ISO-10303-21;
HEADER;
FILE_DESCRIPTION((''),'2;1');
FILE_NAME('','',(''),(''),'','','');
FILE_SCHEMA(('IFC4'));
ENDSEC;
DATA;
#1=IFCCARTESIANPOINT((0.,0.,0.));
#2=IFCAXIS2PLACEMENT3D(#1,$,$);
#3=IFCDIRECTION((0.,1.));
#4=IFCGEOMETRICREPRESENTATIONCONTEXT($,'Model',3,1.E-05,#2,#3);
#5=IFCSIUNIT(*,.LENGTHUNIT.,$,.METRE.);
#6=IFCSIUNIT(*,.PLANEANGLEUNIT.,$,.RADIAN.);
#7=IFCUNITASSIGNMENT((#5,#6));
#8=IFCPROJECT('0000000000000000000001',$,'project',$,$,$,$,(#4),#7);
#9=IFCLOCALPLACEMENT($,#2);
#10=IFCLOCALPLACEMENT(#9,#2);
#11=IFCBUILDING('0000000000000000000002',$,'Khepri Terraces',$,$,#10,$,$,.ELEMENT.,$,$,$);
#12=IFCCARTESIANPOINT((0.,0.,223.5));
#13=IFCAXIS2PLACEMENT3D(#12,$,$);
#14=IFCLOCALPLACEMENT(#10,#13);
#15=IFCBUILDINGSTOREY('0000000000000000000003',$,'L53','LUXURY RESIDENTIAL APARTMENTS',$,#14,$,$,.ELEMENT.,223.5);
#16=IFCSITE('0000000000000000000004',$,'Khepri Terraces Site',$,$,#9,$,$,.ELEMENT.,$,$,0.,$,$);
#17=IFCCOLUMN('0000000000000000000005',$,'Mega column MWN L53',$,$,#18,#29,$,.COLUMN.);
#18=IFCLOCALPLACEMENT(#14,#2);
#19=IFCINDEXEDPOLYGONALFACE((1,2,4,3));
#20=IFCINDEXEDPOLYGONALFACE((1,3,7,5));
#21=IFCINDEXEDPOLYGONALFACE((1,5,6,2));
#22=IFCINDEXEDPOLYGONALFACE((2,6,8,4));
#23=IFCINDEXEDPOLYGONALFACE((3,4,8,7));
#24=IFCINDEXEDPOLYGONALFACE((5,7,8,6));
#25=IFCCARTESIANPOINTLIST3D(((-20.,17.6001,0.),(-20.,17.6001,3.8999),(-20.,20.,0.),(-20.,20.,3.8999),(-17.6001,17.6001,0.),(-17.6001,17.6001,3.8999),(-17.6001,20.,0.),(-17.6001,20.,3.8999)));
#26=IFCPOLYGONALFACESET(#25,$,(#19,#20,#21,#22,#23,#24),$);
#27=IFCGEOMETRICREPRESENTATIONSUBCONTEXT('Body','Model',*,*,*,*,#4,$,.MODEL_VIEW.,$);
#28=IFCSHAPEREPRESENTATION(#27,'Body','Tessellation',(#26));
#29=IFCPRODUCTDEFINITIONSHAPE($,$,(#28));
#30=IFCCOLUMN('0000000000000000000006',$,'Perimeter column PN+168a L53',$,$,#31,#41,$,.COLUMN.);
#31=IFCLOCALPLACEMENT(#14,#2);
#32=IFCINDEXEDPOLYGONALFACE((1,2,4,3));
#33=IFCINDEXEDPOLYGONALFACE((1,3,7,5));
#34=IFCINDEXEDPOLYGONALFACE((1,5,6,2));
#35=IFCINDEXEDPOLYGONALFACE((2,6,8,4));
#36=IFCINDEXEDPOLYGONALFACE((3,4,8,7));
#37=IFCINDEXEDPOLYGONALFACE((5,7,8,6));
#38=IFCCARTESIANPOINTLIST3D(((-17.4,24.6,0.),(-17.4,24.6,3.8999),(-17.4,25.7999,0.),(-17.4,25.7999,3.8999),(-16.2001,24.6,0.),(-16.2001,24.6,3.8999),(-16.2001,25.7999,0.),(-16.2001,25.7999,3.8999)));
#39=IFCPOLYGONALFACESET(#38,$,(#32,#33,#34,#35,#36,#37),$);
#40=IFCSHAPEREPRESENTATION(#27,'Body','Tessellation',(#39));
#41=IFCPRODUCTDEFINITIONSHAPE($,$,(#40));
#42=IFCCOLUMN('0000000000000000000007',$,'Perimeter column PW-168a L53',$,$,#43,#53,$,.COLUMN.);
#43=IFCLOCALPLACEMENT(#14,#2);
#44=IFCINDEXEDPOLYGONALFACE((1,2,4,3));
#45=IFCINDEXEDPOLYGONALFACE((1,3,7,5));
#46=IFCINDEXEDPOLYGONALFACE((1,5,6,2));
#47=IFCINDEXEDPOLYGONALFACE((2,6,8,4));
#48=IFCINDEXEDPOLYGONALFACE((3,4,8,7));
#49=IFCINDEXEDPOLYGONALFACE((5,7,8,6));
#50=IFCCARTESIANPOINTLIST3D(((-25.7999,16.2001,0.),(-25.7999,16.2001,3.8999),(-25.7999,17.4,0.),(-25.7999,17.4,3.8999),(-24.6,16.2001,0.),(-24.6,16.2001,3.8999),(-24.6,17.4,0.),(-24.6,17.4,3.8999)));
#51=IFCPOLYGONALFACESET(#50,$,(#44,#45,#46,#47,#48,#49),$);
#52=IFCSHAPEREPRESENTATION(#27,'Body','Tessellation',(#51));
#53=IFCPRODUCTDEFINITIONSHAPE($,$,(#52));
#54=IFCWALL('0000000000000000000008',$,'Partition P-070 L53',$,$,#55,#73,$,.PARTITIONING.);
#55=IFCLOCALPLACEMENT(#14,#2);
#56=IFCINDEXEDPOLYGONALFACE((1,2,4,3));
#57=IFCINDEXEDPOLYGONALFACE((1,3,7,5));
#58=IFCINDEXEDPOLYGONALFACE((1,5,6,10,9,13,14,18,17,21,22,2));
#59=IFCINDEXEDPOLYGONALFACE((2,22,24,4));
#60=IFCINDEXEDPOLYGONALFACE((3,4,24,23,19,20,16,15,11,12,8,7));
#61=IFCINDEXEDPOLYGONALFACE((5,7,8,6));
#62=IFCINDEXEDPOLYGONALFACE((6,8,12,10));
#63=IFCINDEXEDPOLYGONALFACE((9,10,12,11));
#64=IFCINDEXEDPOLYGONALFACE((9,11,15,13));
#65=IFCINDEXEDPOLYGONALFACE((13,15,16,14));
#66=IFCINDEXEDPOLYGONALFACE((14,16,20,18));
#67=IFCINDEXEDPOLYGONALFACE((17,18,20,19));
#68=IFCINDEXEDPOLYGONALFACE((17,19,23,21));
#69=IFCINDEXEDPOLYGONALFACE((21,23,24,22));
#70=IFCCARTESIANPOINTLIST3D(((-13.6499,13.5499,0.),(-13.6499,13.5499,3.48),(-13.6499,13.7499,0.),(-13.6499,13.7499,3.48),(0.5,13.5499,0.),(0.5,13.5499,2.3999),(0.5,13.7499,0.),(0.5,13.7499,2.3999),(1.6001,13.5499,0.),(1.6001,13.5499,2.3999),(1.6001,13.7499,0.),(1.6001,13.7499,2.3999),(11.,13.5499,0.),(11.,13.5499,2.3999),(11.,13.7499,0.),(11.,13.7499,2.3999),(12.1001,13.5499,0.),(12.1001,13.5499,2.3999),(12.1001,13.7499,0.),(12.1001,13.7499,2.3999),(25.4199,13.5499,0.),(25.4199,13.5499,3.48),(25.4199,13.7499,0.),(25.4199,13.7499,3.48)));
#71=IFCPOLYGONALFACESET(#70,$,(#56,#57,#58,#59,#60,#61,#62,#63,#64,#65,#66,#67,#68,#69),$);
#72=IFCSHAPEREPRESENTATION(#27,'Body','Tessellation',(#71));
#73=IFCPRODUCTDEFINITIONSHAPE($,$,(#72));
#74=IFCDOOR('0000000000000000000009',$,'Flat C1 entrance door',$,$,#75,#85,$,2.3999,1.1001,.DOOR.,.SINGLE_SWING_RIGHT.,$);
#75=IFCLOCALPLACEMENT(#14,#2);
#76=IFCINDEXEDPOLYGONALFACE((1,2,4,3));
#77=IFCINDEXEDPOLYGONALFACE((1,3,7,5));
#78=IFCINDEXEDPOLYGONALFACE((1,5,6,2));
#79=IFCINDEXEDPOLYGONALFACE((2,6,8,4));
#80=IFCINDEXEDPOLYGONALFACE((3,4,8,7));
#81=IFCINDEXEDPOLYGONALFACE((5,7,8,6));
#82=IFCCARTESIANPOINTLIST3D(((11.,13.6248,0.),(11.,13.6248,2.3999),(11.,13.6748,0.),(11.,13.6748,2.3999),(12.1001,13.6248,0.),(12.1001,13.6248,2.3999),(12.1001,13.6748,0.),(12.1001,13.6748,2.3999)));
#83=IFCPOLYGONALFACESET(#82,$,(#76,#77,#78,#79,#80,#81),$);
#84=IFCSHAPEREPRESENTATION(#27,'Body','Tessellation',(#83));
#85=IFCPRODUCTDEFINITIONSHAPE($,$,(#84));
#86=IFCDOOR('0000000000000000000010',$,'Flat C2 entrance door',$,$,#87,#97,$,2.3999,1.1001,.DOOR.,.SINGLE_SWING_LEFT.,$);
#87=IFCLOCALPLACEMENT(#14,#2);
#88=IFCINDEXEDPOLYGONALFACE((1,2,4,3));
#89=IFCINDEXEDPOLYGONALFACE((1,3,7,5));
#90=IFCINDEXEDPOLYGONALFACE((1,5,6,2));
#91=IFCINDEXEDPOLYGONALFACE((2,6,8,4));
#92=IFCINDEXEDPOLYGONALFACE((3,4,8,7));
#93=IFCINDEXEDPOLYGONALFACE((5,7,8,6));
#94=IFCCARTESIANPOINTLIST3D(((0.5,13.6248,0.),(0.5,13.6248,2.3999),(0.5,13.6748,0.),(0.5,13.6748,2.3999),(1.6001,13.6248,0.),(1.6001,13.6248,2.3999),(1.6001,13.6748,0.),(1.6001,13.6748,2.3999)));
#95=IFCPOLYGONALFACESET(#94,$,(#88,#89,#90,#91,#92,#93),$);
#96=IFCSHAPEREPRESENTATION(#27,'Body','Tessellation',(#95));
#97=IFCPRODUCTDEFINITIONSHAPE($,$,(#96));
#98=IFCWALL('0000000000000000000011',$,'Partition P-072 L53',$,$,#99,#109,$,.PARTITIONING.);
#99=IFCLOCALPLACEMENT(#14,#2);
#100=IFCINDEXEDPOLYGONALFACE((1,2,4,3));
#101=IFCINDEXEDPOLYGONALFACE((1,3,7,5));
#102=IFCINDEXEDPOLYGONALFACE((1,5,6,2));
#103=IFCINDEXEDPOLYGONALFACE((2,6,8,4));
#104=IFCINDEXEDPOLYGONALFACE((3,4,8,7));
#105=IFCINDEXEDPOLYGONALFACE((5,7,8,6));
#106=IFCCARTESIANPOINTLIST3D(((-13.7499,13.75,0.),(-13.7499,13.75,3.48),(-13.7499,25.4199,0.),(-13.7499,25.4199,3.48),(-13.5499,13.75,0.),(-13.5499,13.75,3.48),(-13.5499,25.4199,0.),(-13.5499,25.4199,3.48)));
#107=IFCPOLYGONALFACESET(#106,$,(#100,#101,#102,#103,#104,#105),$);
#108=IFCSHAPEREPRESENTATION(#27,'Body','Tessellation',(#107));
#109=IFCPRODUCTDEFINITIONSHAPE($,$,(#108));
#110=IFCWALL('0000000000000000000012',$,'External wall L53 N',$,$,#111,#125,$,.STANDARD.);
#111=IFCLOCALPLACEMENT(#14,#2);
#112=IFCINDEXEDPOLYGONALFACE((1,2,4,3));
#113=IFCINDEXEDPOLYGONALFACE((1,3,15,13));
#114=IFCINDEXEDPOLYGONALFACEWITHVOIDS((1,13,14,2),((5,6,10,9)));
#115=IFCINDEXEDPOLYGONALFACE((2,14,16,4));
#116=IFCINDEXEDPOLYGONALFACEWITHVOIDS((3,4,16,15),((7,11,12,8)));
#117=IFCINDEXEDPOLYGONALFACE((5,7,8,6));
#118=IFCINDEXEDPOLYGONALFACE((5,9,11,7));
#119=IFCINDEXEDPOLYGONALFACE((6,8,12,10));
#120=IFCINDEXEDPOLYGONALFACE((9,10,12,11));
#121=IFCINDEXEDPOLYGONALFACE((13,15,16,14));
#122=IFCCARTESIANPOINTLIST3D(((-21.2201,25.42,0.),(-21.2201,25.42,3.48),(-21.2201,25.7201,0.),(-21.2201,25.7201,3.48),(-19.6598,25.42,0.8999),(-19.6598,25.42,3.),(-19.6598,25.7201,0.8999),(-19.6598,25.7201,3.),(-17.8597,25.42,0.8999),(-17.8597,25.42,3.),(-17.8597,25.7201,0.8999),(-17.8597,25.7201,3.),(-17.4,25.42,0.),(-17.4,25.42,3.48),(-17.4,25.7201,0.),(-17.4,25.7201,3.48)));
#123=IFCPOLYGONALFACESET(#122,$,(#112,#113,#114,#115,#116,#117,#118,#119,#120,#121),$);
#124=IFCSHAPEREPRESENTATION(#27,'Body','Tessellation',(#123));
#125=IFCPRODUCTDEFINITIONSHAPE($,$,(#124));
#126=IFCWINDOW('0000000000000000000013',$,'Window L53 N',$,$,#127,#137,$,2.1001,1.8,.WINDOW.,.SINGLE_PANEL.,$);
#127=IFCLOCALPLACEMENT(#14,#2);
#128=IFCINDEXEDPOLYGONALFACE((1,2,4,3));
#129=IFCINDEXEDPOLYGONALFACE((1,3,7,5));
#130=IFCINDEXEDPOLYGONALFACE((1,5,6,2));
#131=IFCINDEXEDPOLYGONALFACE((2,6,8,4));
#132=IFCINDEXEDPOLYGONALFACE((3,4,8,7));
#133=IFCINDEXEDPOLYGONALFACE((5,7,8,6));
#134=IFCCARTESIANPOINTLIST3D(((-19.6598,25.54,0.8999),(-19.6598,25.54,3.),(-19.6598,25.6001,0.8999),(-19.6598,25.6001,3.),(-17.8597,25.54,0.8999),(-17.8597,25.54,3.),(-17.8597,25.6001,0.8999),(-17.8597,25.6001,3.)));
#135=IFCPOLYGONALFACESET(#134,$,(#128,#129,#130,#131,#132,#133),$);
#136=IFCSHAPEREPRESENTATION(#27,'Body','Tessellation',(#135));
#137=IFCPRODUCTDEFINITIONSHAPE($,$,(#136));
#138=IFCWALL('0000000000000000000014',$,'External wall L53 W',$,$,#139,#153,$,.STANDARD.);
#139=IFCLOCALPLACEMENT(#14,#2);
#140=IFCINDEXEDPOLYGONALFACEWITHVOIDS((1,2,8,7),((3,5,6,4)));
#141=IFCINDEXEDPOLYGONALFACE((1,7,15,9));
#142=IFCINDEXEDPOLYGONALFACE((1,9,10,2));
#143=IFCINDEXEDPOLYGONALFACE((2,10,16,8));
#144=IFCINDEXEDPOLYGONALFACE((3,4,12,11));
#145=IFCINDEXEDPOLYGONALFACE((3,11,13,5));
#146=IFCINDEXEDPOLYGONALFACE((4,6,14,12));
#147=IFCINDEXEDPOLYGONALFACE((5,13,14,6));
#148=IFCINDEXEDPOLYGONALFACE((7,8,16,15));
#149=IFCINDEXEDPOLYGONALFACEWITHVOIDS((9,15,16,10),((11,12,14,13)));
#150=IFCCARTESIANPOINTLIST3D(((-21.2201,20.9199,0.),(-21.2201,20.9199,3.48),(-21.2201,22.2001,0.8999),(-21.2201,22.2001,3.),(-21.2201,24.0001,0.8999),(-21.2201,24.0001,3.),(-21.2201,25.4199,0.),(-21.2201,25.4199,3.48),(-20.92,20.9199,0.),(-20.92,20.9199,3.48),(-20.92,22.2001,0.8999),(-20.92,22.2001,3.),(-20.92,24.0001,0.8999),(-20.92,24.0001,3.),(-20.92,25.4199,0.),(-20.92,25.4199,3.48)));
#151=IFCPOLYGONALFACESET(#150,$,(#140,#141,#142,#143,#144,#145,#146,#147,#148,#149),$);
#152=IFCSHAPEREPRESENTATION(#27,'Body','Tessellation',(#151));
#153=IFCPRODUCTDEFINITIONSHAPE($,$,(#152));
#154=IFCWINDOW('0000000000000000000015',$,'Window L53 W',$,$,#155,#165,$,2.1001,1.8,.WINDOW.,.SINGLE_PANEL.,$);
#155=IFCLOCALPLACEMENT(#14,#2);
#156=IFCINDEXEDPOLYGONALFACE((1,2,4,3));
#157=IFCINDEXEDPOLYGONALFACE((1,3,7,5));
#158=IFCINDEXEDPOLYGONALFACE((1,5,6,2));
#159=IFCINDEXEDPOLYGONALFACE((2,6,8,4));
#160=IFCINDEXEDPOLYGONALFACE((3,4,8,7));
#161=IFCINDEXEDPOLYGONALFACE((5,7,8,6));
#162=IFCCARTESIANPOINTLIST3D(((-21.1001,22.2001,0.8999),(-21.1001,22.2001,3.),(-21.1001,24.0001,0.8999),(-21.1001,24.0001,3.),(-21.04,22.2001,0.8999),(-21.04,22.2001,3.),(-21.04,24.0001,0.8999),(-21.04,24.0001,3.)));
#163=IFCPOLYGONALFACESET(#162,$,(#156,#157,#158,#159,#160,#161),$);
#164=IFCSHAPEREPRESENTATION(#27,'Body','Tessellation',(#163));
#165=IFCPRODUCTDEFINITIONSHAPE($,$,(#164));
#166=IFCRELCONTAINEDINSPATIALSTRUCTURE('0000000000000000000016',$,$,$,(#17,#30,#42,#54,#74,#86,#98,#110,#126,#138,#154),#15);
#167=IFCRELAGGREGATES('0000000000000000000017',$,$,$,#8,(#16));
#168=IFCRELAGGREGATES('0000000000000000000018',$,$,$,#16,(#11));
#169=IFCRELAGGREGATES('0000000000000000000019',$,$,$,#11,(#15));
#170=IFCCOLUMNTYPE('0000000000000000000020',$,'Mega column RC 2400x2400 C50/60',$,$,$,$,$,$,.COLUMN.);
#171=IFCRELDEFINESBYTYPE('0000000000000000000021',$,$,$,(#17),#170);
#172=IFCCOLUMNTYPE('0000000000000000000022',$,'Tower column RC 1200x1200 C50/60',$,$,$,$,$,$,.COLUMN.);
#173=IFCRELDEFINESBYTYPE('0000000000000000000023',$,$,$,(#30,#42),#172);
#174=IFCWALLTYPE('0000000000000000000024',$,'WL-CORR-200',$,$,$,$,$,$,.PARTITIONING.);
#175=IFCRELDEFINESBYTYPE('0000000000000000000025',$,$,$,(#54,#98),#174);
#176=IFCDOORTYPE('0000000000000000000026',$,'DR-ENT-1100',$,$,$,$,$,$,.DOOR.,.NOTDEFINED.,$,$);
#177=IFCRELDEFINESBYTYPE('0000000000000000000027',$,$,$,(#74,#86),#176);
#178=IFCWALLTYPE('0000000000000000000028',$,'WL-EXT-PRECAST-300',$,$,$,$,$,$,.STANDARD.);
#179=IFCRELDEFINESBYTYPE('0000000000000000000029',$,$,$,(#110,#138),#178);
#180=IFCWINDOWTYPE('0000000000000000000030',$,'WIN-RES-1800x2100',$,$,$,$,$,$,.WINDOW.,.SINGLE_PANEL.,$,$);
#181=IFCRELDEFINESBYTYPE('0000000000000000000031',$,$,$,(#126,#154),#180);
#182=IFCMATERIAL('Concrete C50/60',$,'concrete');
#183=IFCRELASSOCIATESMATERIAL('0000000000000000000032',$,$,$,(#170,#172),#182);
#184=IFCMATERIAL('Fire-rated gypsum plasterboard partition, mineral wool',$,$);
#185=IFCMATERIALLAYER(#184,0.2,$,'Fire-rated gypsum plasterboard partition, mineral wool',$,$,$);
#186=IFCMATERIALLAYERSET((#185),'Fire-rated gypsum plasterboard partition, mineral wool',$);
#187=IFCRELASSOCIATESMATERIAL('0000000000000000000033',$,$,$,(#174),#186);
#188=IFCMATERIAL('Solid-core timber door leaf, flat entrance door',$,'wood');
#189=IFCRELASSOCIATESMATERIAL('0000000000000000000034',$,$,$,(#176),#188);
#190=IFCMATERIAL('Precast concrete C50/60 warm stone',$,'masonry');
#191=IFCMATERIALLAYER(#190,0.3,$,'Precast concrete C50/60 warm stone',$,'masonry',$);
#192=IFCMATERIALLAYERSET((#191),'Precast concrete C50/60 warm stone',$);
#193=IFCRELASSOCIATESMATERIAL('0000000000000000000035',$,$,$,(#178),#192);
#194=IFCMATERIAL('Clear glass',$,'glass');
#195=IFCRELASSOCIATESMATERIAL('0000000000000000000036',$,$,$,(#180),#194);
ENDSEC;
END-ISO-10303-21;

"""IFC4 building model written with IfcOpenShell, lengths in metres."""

from ifc_helpers import new_model, si_unit, direction, frame, frame_2d, origin, origin_2d, place, context, subcontext, project, spatial, rectangle, extrude, material, layer, layer_set, material_profile, profile_set, type_object, element, fill, save


model = new_model("IFC4")

# Units and contexts
model_context = context("Model", 3, precision=1e-05, world=origin(), true_north=direction((0.0, 1.0)))
body_context = subcontext(model_context, "Body", "Model", "MODEL_VIEW")
ifc_project = project(units=[si_unit("LENGTHUNIT", "METRE"), si_unit("PLANEANGLEUNIT", "RADIAN")], contexts=[model_context])

# Site, building, storey
site_placement = place(None, origin())
site = spatial("IfcSite", under=ifc_project, at=site_placement, Name="Khepri Terraces Site", CompositionType="ELEMENT", RefElevation=0.0)
building_placement = place(site_placement, origin())
building = spatial("IfcBuilding", under=site, at=building_placement, Name="Khepri Terraces", CompositionType="ELEMENT")
storey_placement = place(building_placement, frame((0.0, 0.0, 223.5)))
storey = spatial("IfcBuildingStorey", under=building, at=storey_placement, Name="L53", Description="LUXURY RESIDENTIAL APARTMENTS", CompositionType="ELEMENT", Elevation=223.5)

# Columns
ifc_material_1 = material(Name="Concrete C50/60", Category="concrete")
ifc_material_profile_1 = material_profile(ifc_material_1, rectangle(XDim=2.3999, YDim=2.3999, at=origin_2d()), Name="Concrete C50/60", Category="concrete")
ifc_profile_set_1 = profile_set([ifc_material_profile_1], Name="Concrete C50/60")
column_type_1 = type_object("IfcColumnType", Name="Mega column RC 2400x2400 C50/60", PredefinedType="COLUMN", material=ifc_profile_set_1)
column_placement = place(storey_placement, frame((-18.8, 18.8, 0.0), z_axis=(0.0, 0.0, 1.0), x_axis=(1.0, 0.0, 0.0)))
element("IfcColumn", 1, at=column_placement, inside=storey, type_object=column_type_1, Name="Mega column MWN L53", PredefinedType="COLUMN", context=body_context, shape_type="SweptSolid", body=[
    extrude(rectangle(XDim=2.3999, YDim=2.3999, at=origin_2d()), origin(), (0.0, 0.0, 1.0), 3.8999),
])
ifc_material_profile_2 = material_profile(ifc_material_1, rectangle(XDim=1.2, YDim=1.2, at=origin_2d()), Name="Concrete C50/60", Category="concrete")
ifc_profile_set_2 = profile_set([ifc_material_profile_2], Name="Concrete C50/60")
column_type_2 = type_object("IfcColumnType", Name="Tower column RC 1200x1200 C50/60", PredefinedType="COLUMN", material=ifc_profile_set_2)
for number, where, z_axis, x_axis, name in (
    (2, (-16.8, 25.2, 0.0), (0.0, 0.0, 1.0), (1.0, 0.0, 0.0), "Perimeter column PN+168a L53"),
    (3, (-25.2, 16.8, 0.0), (0.0, 0.0, 1.0), (1.0, 0.0, 0.0), "Perimeter column PW-168a L53"),
):
    element("IfcColumn", number, at=place(storey_placement, frame(where, z_axis=z_axis, x_axis=x_axis)), inside=storey, type_object=column_type_2, Name=name, PredefinedType="COLUMN", context=body_context, shape_type="SweptSolid", body=[
        extrude(rectangle(XDim=1.2, YDim=1.2, at=origin_2d()), origin(), (0.0, 0.0, 1.0), 3.8999),
    ])

# Wall, openings, doors
ifc_material_2 = material(Name="Fire-rated gypsum plasterboard partition, mineral wool")
ifc_layer_1 = layer(ifc_material_2, 0.2, Name="Fire-rated gypsum plasterboard partition, mineral wool")
ifc_layer_set_1 = layer_set([ifc_layer_1], Name="Fire-rated gypsum plasterboard partition, mineral wool")
wall_type_1 = type_object("IfcWallType", Name="WL-CORR-200", PredefinedType="PARTITIONING", material=ifc_layer_set_1)
wall_1_placement = place(storey_placement, frame((-13.6499, 13.6499, 0.0), z_axis=(0.0, 0.0, 1.0), x_axis=(1.0, 0.0, 0.0)))
wall_1 = element("IfcWall", 4, at=wall_1_placement, inside=storey, type_object=wall_type_1, Name="Partition P-070 L53", PredefinedType="PARTITIONING", context=body_context, shape_type="SweptSolid", body=[
    extrude(rectangle(XDim=39.0698, YDim=0.2, at=frame_2d((19.5349, 0.0))), origin(), (0.0, 0.0, 1.0), 3.48),
])
opening_1_placement = place(wall_1_placement, frame((24.6499, 0.0, 0.0)))
opening_1 = element("IfcOpeningElement", 5, at=opening_1_placement, cuts=wall_1, PredefinedType="OPENING", context=body_context, shape_type="SweptSolid", body=[
    extrude(rectangle(XDim=1.1001, YDim=2.3999, at=frame_2d((0.55, 1.2))), frame((0.0, 0.1099, 0.0), z_axis=(0.0, -1.0, 0.0), x_axis=(1.0, 0.0, 0.0)), (0.0, 0.0, 1.0), 0.22),
])
opening_2_placement = place(wall_1_placement, frame((14.1499, 0.0, 0.0)))
opening_2 = element("IfcOpeningElement", 6, at=opening_2_placement, cuts=wall_1, PredefinedType="OPENING", context=body_context, shape_type="SweptSolid", body=[
    extrude(rectangle(XDim=1.1001, YDim=2.3999, at=frame_2d((0.55, 1.2))), frame((0.0, 0.1099, 0.0), z_axis=(0.0, -1.0, 0.0), x_axis=(1.0, 0.0, 0.0)), (0.0, 0.0, 1.0), 0.22),
])
ifc_material_3 = material(Name="Solid-core timber door leaf, flat entrance door", Category="wood")
door_type_1 = type_object("IfcDoorType", Name="DR-ENT-1100", OperationType="NOTDEFINED", PredefinedType="DOOR", material=ifc_material_3)
door_1_placement = place(opening_1_placement, origin())
door_1 = element("IfcDoor", 7, at=door_1_placement, inside=storey, type_object=door_type_1, Name="Flat C1 entrance door", OperationType="SINGLE_SWING_RIGHT", OverallHeight=2.3999, OverallWidth=1.1001, PredefinedType="DOOR", context=body_context, shape_type="SweptSolid", body=[
    extrude(rectangle(XDim=1.1001, YDim=2.3999, at=frame_2d((0.55, 1.2))), frame((0.0, 0.0249, 0.0), z_axis=(0.0, -1.0, 0.0), x_axis=(1.0, 0.0, 0.0)), (0.0, 0.0, 1.0), 0.05),
])
fill(opening_1, door_1)
door_2_placement = place(opening_2_placement, origin())
door_2 = element("IfcDoor", 8, at=door_2_placement, inside=storey, type_object=door_type_1, Name="Flat C2 entrance door", OperationType="SINGLE_SWING_LEFT", OverallHeight=2.3999, OverallWidth=1.1001, PredefinedType="DOOR", context=body_context, shape_type="SweptSolid", body=[
    extrude(rectangle(XDim=1.1001, YDim=2.3999, at=frame_2d((0.55, 1.2))), frame((0.0, 0.0249, 0.0), z_axis=(0.0, -1.0, 0.0), x_axis=(1.0, 0.0, 0.0)), (0.0, 0.0, 1.0), 0.05),
])
fill(opening_2, door_2)

# Wall
wall_2_placement = place(storey_placement, frame((-13.6499, 13.75, 0.0), z_axis=(0.0, 0.0, 1.0), x_axis=(0.0, 1.0, 0.0)))
element("IfcWall", 9, at=wall_2_placement, inside=storey, type_object=wall_type_1, Name="Partition P-072 L53", PredefinedType="PARTITIONING", context=body_context, shape_type="SweptSolid", body=[
    extrude(rectangle(XDim=11.6699, YDim=0.2, at=frame_2d((5.835, 0.0))), origin(), (0.0, 0.0, 1.0), 3.48),
])

# Walls, openings, windows
ifc_material_4 = material(Name="Precast concrete C50/60 warm stone", Category="masonry")
ifc_layer_2 = layer(ifc_material_4, 0.3, Name="Precast concrete C50/60 warm stone", Category="masonry")
ifc_layer_set_2 = layer_set([ifc_layer_2], Name="Precast concrete C50/60 warm stone")
wall_type_2 = type_object("IfcWallType", Name="WL-EXT-PRECAST-300", PredefinedType="STANDARD", material=ifc_layer_set_2)
wall_3_placement = place(storey_placement, frame((-17.3999, 25.5701, 0.0), z_axis=(0.0, 0.0, 1.0), x_axis=(-1.0, 0.0, 0.0)))
wall_3 = element("IfcWall", 10, at=wall_3_placement, inside=storey, type_object=wall_type_2, Name="External wall L53 N", PredefinedType="STANDARD", context=body_context, shape_type="SweptSolid", body=[
    extrude(rectangle(XDim=3.8201, YDim=0.3, at=frame_2d((1.9102, 0.0))), origin(), (0.0, 0.0, 1.0), 3.48),
])
opening_3_placement = place(wall_3_placement, frame((0.46, 0.0, 0.8999)))
opening_3 = element("IfcOpeningElement", 11, at=opening_3_placement, cuts=wall_3, PredefinedType="OPENING", context=body_context, shape_type="SweptSolid", body=[
    extrude(rectangle(XDim=1.8, YDim=2.1001, at=frame_2d((0.8999, 1.05))), frame((0.0, 0.1602, 0.0), z_axis=(0.0, -1.0, 0.0), x_axis=(1.0, 0.0, 0.0)), (0.0, 0.0, 1.0), 0.3201),
])
ifc_material_5 = material(Name="Clear glass", Category="glass")
window_type = type_object("IfcWindowType", Name="WIN-RES-1800x2100", PartitioningType="SINGLE_PANEL", PredefinedType="WINDOW", material=ifc_material_5)
window_1_placement = place(opening_3_placement, origin())
window_1 = element("IfcWindow", 12, at=window_1_placement, inside=storey, type_object=window_type, Name="Window L53 N", OverallHeight=2.1001, OverallWidth=1.8, PartitioningType="SINGLE_PANEL", PredefinedType="WINDOW", context=body_context, shape_type="SweptSolid", body=[
    extrude(rectangle(XDim=1.8, YDim=2.1001, at=frame_2d((0.8999, 1.05))), frame((0.0, 0.03, 0.0), z_axis=(0.0, -1.0, 0.0), x_axis=(1.0, 0.0, 0.0)), (0.0, 0.0, 1.0), 0.0601),
])
fill(opening_3, window_1)
wall_4_placement = place(storey_placement, frame((-21.0701, 25.4199, 0.0), z_axis=(0.0, 0.0, 1.0), x_axis=(0.0, -1.0, 0.0)))
wall_4 = element("IfcWall", 13, at=wall_4_placement, inside=storey, type_object=wall_type_2, Name="External wall L53 W", PredefinedType="STANDARD", context=body_context, shape_type="SweptSolid", body=[
    extrude(rectangle(XDim=4.5, YDim=0.3, at=frame_2d((2.25, 0.0))), origin(), (0.0, 0.0, 1.0), 3.48),
])
opening_4_placement = place(wall_4_placement, frame((1.4199, 0.0, 0.8999)))
opening_4 = element("IfcOpeningElement", 14, at=opening_4_placement, cuts=wall_4, PredefinedType="OPENING", context=body_context, shape_type="SweptSolid", body=[
    extrude(rectangle(XDim=1.8, YDim=2.1001, at=frame_2d((0.8999, 1.05))), frame((0.0, 0.1602, 0.0), z_axis=(0.0, -1.0, 0.0), x_axis=(1.0, 0.0, 0.0)), (0.0, 0.0, 1.0), 0.3201),
])
window_2_placement = place(opening_4_placement, origin())
window_2 = element("IfcWindow", 15, at=window_2_placement, inside=storey, type_object=window_type, Name="Window L53 W", OverallHeight=2.1001, OverallWidth=1.8, PartitioningType="SINGLE_PANEL", PredefinedType="WINDOW", context=body_context, shape_type="SweptSolid", body=[
    extrude(rectangle(XDim=1.8, YDim=2.1001, at=frame_2d((0.8999, 1.05))), frame((0.0, 0.03, 0.0), z_axis=(0.0, -1.0, 0.0), x_axis=(1.0, 0.0, 0.0)), (0.0, 0.0, 1.0), 0.0601),
])
fill(opening_4, window_2)

save(model, "model.ifc")
